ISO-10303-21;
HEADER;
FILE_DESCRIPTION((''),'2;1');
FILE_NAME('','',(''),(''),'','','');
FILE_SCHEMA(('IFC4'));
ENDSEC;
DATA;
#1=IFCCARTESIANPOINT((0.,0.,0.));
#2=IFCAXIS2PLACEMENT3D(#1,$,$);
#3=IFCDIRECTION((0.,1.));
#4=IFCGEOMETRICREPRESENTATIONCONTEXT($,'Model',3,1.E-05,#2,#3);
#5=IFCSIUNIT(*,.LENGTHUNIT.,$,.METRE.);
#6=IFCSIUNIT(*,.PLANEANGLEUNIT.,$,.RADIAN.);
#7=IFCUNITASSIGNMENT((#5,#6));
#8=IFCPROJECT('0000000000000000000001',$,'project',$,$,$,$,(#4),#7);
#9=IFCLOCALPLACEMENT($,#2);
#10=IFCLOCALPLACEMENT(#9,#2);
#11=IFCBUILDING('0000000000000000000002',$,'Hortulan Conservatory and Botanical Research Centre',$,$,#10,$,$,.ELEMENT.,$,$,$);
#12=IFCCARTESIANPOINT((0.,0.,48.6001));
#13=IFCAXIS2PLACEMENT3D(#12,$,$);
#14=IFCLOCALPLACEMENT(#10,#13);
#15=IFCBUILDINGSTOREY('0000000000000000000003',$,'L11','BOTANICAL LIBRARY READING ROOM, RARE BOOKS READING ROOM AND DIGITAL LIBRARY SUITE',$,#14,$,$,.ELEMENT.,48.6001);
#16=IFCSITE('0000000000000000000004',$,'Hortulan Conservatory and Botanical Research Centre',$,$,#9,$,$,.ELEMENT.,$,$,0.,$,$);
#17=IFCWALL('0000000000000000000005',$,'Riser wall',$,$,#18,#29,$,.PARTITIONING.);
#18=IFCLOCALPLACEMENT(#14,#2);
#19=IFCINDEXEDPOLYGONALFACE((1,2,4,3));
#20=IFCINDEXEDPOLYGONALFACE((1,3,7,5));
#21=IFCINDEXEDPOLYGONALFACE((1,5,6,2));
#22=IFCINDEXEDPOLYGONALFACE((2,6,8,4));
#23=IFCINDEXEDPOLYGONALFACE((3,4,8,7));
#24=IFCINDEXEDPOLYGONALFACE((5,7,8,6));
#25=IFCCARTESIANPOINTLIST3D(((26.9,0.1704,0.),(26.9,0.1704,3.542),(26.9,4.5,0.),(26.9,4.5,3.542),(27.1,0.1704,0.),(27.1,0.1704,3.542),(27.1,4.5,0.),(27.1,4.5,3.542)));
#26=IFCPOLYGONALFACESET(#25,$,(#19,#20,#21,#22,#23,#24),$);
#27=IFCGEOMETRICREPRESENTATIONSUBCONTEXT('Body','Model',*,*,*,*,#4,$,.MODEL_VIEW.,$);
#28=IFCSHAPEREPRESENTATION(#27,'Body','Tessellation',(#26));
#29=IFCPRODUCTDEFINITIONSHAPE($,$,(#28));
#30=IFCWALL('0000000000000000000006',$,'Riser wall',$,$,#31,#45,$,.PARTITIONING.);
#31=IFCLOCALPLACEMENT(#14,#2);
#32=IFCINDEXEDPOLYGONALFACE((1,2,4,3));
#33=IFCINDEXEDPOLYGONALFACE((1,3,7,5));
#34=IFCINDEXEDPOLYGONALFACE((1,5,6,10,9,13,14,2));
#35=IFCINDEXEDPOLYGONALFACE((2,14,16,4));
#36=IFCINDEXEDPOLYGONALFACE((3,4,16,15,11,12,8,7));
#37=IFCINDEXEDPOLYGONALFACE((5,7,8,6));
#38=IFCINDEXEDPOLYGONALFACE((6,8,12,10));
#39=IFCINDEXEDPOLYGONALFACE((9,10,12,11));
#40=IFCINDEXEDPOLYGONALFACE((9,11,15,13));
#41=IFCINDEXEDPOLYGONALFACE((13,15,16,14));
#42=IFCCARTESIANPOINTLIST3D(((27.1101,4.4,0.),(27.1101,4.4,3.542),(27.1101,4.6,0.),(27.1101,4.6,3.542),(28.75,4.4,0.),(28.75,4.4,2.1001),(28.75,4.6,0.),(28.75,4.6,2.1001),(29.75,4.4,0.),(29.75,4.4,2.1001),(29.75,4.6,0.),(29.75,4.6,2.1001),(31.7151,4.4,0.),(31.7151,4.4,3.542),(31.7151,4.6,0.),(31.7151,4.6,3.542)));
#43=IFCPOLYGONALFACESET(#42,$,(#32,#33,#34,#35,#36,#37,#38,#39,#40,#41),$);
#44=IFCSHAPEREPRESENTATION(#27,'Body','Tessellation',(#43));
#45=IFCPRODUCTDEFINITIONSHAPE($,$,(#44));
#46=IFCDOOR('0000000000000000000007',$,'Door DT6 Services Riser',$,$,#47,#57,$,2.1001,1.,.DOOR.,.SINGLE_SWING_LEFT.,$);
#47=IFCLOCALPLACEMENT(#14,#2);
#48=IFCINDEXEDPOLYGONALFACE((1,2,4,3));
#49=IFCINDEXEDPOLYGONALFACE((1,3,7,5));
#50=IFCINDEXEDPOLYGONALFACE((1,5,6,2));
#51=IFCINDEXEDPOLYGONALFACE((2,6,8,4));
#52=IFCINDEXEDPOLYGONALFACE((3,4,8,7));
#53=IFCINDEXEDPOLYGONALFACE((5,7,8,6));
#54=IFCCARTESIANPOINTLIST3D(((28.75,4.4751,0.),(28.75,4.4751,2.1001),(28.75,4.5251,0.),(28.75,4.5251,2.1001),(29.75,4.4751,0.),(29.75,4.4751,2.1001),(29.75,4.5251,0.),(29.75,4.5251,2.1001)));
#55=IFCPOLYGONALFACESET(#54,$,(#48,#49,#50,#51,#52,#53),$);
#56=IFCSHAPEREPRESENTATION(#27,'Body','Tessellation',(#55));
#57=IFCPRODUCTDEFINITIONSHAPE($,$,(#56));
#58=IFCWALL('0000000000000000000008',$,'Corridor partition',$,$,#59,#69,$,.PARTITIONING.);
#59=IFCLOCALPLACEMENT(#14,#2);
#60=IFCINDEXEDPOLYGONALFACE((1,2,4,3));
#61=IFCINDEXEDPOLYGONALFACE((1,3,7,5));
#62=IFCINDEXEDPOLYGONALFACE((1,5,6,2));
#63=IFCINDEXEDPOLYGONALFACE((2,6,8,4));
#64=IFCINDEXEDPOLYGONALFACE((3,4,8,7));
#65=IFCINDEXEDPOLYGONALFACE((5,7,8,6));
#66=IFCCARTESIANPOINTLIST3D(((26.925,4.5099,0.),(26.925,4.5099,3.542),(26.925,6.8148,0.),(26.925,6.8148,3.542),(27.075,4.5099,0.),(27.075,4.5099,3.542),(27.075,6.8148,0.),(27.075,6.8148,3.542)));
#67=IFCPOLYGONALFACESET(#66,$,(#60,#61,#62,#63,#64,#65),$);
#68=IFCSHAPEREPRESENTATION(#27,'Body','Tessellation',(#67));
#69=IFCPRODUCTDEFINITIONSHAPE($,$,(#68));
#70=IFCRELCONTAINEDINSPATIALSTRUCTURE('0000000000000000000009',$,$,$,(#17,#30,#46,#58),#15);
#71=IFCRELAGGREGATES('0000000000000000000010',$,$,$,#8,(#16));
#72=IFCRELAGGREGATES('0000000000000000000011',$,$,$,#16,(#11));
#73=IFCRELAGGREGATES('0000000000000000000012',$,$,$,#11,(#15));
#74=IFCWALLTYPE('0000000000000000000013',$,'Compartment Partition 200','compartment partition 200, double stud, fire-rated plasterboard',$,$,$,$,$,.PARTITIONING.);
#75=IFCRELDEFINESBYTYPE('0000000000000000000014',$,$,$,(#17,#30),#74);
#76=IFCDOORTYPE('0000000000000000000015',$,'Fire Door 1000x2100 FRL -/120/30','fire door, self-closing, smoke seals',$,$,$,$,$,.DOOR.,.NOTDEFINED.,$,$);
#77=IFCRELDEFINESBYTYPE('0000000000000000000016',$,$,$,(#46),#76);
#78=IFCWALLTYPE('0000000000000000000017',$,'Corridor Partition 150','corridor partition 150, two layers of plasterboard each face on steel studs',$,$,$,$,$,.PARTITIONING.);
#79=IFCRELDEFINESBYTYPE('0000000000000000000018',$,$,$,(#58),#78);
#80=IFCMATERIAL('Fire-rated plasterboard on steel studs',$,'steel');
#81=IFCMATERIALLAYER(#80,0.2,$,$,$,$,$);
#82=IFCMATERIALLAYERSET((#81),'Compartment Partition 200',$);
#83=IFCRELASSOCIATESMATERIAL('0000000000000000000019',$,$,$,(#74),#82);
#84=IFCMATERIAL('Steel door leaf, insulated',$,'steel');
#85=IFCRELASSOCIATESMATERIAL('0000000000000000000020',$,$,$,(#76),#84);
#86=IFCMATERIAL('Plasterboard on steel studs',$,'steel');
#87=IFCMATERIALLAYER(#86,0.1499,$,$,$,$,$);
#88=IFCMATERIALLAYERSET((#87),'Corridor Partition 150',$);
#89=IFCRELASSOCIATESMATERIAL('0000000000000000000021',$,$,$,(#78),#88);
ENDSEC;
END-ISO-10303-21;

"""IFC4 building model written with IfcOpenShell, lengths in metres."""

from ifc_helpers import new_model, si_unit, direction, frame, frame_2d, origin, place, context, subcontext, project, spatial, rectangle, extrude, material, layer, layer_set, type_object, element, fill, save


model = new_model("IFC4")

# Units and contexts
model_context = context("Model", 3, precision=1e-05, world=origin(), true_north=direction((0.0, 1.0)))
body_context = subcontext(model_context, "Body", "Model", "MODEL_VIEW")
ifc_project = project(units=[si_unit("LENGTHUNIT", "METRE"), si_unit("PLANEANGLEUNIT", "RADIAN")], contexts=[model_context])

# Site, building, storey
site_placement = place(None, origin())
site = spatial("IfcSite", under=ifc_project, at=site_placement, Name="Hortulan Conservatory and Botanical Research Centre", CompositionType="ELEMENT", RefElevation=0.0)
building_placement = place(site_placement, origin())
building = spatial("IfcBuilding", under=site, at=building_placement, Name="Hortulan Conservatory and Botanical Research Centre", CompositionType="ELEMENT")
storey_placement = place(building_placement, frame((0.0, 0.0, 48.6001)))
storey = spatial("IfcBuildingStorey", under=building, at=storey_placement, Name="L11", Description="BOTANICAL LIBRARY READING ROOM, RARE BOOKS READING ROOM AND DIGITAL LIBRARY SUITE", CompositionType="ELEMENT", Elevation=48.6001)

# Wall
ifc_material_1 = material(Name="Fire-rated plasterboard on steel studs", Category="steel")
ifc_layer_1 = layer(ifc_material_1, 0.2)
ifc_layer_set_1 = layer_set([ifc_layer_1], Name="Compartment Partition 200")
wall_type_1 = type_object("IfcWallType", Name="Compartment Partition 200", Description="compartment partition 200, double stud, fire-rated plasterboard", PredefinedType="PARTITIONING", material=ifc_layer_set_1)
wall_1_placement = place(storey_placement, frame((27.0, 0.1704, 0.0), z_axis=(0.0, 0.0, 1.0), x_axis=(0.0, 1.0, 0.0)))
element("IfcWall", 1, at=wall_1_placement, inside=storey, type_object=wall_type_1, Name="Riser wall", PredefinedType="PARTITIONING", context=body_context, shape_type="SweptSolid", body=[
    extrude(rectangle(XDim=4.3296, YDim=0.2, at=frame_2d((2.1648, 0.0))), origin(), (0.0, 0.0, 1.0), 3.542),
])

# Wall, opening, door
wall_2_placement = place(storey_placement, frame((27.1101, 4.5, 0.0), z_axis=(0.0, 0.0, 1.0), x_axis=(1.0, 0.0, 0.0)))
wall_2 = element("IfcWall", 2, at=wall_2_placement, inside=storey, type_object=wall_type_1, Name="Riser wall", PredefinedType="PARTITIONING", context=body_context, shape_type="SweptSolid", body=[
    extrude(rectangle(XDim=4.605, YDim=0.2, at=frame_2d((2.3025, 0.0))), origin(), (0.0, 0.0, 1.0), 3.542),
])
opening_1_placement = place(wall_2_placement, frame((1.6399, 0.0, 0.0)))
opening_1 = element("IfcOpeningElement", 3, at=opening_1_placement, cuts=wall_2, PredefinedType="OPENING", context=body_context, shape_type="SweptSolid", body=[
    extrude(rectangle(XDim=1.0, YDim=2.1001, at=frame_2d((0.5, 1.05))), frame((0.0, 0.1099, 0.0), z_axis=(0.0, -1.0, 0.0), x_axis=(1.0, 0.0, 0.0)), (0.0, 0.0, 1.0), 0.22),
])
ifc_material_2 = material(Name="Steel door leaf, insulated", Category="steel")
door_type = type_object("IfcDoorType", Name="Fire Door 1000x2100 FRL -/120/30", Description="fire door, self-closing, smoke seals", OperationType="NOTDEFINED", PredefinedType="DOOR", material=ifc_material_2)
door_placement = place(opening_1_placement, frame((1.0, 0.0, 0.0), z_axis=(0.0, 0.0, 1.0), x_axis=(-1.0, 0.0, 0.0)))
door = element("IfcDoor", 4, at=door_placement, inside=storey, type_object=door_type, Name="Door DT6 Services Riser", OperationType="SINGLE_SWING_LEFT", OverallHeight=2.1001, OverallWidth=1.0, PredefinedType="DOOR", context=body_context, shape_type="SweptSolid", body=[
    extrude(rectangle(XDim=1.0, YDim=2.1001, at=frame_2d((0.5, 1.05))), frame((0.0, 0.0249, 0.0), z_axis=(0.0, -1.0, 0.0), x_axis=(1.0, 0.0, 0.0)), (0.0, 0.0, 1.0), 0.05),
])
fill(opening_1, door)

# Wall
ifc_material_3 = material(Name="Plasterboard on steel studs", Category="steel")
ifc_layer_2 = layer(ifc_material_3, 0.1499)
ifc_layer_set_2 = layer_set([ifc_layer_2], Name="Corridor Partition 150")
wall_type_2 = type_object("IfcWallType", Name="Corridor Partition 150", Description="corridor partition 150, two layers of plasterboard each face on steel studs", PredefinedType="PARTITIONING", material=ifc_layer_set_2)
wall_3_placement = place(storey_placement, frame((27.0, 4.51, 0.0), z_axis=(0.0, 0.0, 1.0), x_axis=(0.0, 1.0, 0.0)))
element("IfcWall", 5, at=wall_3_placement, inside=storey, type_object=wall_type_2, Name="Corridor partition", PredefinedType="PARTITIONING", context=body_context, shape_type="SweptSolid", body=[
    extrude(rectangle(XDim=2.3049, YDim=0.1499, at=frame_2d((1.1523, 0.0))), origin(), (0.0, 0.0, 1.0), 3.542),
])

save(model, "model.ifc")
